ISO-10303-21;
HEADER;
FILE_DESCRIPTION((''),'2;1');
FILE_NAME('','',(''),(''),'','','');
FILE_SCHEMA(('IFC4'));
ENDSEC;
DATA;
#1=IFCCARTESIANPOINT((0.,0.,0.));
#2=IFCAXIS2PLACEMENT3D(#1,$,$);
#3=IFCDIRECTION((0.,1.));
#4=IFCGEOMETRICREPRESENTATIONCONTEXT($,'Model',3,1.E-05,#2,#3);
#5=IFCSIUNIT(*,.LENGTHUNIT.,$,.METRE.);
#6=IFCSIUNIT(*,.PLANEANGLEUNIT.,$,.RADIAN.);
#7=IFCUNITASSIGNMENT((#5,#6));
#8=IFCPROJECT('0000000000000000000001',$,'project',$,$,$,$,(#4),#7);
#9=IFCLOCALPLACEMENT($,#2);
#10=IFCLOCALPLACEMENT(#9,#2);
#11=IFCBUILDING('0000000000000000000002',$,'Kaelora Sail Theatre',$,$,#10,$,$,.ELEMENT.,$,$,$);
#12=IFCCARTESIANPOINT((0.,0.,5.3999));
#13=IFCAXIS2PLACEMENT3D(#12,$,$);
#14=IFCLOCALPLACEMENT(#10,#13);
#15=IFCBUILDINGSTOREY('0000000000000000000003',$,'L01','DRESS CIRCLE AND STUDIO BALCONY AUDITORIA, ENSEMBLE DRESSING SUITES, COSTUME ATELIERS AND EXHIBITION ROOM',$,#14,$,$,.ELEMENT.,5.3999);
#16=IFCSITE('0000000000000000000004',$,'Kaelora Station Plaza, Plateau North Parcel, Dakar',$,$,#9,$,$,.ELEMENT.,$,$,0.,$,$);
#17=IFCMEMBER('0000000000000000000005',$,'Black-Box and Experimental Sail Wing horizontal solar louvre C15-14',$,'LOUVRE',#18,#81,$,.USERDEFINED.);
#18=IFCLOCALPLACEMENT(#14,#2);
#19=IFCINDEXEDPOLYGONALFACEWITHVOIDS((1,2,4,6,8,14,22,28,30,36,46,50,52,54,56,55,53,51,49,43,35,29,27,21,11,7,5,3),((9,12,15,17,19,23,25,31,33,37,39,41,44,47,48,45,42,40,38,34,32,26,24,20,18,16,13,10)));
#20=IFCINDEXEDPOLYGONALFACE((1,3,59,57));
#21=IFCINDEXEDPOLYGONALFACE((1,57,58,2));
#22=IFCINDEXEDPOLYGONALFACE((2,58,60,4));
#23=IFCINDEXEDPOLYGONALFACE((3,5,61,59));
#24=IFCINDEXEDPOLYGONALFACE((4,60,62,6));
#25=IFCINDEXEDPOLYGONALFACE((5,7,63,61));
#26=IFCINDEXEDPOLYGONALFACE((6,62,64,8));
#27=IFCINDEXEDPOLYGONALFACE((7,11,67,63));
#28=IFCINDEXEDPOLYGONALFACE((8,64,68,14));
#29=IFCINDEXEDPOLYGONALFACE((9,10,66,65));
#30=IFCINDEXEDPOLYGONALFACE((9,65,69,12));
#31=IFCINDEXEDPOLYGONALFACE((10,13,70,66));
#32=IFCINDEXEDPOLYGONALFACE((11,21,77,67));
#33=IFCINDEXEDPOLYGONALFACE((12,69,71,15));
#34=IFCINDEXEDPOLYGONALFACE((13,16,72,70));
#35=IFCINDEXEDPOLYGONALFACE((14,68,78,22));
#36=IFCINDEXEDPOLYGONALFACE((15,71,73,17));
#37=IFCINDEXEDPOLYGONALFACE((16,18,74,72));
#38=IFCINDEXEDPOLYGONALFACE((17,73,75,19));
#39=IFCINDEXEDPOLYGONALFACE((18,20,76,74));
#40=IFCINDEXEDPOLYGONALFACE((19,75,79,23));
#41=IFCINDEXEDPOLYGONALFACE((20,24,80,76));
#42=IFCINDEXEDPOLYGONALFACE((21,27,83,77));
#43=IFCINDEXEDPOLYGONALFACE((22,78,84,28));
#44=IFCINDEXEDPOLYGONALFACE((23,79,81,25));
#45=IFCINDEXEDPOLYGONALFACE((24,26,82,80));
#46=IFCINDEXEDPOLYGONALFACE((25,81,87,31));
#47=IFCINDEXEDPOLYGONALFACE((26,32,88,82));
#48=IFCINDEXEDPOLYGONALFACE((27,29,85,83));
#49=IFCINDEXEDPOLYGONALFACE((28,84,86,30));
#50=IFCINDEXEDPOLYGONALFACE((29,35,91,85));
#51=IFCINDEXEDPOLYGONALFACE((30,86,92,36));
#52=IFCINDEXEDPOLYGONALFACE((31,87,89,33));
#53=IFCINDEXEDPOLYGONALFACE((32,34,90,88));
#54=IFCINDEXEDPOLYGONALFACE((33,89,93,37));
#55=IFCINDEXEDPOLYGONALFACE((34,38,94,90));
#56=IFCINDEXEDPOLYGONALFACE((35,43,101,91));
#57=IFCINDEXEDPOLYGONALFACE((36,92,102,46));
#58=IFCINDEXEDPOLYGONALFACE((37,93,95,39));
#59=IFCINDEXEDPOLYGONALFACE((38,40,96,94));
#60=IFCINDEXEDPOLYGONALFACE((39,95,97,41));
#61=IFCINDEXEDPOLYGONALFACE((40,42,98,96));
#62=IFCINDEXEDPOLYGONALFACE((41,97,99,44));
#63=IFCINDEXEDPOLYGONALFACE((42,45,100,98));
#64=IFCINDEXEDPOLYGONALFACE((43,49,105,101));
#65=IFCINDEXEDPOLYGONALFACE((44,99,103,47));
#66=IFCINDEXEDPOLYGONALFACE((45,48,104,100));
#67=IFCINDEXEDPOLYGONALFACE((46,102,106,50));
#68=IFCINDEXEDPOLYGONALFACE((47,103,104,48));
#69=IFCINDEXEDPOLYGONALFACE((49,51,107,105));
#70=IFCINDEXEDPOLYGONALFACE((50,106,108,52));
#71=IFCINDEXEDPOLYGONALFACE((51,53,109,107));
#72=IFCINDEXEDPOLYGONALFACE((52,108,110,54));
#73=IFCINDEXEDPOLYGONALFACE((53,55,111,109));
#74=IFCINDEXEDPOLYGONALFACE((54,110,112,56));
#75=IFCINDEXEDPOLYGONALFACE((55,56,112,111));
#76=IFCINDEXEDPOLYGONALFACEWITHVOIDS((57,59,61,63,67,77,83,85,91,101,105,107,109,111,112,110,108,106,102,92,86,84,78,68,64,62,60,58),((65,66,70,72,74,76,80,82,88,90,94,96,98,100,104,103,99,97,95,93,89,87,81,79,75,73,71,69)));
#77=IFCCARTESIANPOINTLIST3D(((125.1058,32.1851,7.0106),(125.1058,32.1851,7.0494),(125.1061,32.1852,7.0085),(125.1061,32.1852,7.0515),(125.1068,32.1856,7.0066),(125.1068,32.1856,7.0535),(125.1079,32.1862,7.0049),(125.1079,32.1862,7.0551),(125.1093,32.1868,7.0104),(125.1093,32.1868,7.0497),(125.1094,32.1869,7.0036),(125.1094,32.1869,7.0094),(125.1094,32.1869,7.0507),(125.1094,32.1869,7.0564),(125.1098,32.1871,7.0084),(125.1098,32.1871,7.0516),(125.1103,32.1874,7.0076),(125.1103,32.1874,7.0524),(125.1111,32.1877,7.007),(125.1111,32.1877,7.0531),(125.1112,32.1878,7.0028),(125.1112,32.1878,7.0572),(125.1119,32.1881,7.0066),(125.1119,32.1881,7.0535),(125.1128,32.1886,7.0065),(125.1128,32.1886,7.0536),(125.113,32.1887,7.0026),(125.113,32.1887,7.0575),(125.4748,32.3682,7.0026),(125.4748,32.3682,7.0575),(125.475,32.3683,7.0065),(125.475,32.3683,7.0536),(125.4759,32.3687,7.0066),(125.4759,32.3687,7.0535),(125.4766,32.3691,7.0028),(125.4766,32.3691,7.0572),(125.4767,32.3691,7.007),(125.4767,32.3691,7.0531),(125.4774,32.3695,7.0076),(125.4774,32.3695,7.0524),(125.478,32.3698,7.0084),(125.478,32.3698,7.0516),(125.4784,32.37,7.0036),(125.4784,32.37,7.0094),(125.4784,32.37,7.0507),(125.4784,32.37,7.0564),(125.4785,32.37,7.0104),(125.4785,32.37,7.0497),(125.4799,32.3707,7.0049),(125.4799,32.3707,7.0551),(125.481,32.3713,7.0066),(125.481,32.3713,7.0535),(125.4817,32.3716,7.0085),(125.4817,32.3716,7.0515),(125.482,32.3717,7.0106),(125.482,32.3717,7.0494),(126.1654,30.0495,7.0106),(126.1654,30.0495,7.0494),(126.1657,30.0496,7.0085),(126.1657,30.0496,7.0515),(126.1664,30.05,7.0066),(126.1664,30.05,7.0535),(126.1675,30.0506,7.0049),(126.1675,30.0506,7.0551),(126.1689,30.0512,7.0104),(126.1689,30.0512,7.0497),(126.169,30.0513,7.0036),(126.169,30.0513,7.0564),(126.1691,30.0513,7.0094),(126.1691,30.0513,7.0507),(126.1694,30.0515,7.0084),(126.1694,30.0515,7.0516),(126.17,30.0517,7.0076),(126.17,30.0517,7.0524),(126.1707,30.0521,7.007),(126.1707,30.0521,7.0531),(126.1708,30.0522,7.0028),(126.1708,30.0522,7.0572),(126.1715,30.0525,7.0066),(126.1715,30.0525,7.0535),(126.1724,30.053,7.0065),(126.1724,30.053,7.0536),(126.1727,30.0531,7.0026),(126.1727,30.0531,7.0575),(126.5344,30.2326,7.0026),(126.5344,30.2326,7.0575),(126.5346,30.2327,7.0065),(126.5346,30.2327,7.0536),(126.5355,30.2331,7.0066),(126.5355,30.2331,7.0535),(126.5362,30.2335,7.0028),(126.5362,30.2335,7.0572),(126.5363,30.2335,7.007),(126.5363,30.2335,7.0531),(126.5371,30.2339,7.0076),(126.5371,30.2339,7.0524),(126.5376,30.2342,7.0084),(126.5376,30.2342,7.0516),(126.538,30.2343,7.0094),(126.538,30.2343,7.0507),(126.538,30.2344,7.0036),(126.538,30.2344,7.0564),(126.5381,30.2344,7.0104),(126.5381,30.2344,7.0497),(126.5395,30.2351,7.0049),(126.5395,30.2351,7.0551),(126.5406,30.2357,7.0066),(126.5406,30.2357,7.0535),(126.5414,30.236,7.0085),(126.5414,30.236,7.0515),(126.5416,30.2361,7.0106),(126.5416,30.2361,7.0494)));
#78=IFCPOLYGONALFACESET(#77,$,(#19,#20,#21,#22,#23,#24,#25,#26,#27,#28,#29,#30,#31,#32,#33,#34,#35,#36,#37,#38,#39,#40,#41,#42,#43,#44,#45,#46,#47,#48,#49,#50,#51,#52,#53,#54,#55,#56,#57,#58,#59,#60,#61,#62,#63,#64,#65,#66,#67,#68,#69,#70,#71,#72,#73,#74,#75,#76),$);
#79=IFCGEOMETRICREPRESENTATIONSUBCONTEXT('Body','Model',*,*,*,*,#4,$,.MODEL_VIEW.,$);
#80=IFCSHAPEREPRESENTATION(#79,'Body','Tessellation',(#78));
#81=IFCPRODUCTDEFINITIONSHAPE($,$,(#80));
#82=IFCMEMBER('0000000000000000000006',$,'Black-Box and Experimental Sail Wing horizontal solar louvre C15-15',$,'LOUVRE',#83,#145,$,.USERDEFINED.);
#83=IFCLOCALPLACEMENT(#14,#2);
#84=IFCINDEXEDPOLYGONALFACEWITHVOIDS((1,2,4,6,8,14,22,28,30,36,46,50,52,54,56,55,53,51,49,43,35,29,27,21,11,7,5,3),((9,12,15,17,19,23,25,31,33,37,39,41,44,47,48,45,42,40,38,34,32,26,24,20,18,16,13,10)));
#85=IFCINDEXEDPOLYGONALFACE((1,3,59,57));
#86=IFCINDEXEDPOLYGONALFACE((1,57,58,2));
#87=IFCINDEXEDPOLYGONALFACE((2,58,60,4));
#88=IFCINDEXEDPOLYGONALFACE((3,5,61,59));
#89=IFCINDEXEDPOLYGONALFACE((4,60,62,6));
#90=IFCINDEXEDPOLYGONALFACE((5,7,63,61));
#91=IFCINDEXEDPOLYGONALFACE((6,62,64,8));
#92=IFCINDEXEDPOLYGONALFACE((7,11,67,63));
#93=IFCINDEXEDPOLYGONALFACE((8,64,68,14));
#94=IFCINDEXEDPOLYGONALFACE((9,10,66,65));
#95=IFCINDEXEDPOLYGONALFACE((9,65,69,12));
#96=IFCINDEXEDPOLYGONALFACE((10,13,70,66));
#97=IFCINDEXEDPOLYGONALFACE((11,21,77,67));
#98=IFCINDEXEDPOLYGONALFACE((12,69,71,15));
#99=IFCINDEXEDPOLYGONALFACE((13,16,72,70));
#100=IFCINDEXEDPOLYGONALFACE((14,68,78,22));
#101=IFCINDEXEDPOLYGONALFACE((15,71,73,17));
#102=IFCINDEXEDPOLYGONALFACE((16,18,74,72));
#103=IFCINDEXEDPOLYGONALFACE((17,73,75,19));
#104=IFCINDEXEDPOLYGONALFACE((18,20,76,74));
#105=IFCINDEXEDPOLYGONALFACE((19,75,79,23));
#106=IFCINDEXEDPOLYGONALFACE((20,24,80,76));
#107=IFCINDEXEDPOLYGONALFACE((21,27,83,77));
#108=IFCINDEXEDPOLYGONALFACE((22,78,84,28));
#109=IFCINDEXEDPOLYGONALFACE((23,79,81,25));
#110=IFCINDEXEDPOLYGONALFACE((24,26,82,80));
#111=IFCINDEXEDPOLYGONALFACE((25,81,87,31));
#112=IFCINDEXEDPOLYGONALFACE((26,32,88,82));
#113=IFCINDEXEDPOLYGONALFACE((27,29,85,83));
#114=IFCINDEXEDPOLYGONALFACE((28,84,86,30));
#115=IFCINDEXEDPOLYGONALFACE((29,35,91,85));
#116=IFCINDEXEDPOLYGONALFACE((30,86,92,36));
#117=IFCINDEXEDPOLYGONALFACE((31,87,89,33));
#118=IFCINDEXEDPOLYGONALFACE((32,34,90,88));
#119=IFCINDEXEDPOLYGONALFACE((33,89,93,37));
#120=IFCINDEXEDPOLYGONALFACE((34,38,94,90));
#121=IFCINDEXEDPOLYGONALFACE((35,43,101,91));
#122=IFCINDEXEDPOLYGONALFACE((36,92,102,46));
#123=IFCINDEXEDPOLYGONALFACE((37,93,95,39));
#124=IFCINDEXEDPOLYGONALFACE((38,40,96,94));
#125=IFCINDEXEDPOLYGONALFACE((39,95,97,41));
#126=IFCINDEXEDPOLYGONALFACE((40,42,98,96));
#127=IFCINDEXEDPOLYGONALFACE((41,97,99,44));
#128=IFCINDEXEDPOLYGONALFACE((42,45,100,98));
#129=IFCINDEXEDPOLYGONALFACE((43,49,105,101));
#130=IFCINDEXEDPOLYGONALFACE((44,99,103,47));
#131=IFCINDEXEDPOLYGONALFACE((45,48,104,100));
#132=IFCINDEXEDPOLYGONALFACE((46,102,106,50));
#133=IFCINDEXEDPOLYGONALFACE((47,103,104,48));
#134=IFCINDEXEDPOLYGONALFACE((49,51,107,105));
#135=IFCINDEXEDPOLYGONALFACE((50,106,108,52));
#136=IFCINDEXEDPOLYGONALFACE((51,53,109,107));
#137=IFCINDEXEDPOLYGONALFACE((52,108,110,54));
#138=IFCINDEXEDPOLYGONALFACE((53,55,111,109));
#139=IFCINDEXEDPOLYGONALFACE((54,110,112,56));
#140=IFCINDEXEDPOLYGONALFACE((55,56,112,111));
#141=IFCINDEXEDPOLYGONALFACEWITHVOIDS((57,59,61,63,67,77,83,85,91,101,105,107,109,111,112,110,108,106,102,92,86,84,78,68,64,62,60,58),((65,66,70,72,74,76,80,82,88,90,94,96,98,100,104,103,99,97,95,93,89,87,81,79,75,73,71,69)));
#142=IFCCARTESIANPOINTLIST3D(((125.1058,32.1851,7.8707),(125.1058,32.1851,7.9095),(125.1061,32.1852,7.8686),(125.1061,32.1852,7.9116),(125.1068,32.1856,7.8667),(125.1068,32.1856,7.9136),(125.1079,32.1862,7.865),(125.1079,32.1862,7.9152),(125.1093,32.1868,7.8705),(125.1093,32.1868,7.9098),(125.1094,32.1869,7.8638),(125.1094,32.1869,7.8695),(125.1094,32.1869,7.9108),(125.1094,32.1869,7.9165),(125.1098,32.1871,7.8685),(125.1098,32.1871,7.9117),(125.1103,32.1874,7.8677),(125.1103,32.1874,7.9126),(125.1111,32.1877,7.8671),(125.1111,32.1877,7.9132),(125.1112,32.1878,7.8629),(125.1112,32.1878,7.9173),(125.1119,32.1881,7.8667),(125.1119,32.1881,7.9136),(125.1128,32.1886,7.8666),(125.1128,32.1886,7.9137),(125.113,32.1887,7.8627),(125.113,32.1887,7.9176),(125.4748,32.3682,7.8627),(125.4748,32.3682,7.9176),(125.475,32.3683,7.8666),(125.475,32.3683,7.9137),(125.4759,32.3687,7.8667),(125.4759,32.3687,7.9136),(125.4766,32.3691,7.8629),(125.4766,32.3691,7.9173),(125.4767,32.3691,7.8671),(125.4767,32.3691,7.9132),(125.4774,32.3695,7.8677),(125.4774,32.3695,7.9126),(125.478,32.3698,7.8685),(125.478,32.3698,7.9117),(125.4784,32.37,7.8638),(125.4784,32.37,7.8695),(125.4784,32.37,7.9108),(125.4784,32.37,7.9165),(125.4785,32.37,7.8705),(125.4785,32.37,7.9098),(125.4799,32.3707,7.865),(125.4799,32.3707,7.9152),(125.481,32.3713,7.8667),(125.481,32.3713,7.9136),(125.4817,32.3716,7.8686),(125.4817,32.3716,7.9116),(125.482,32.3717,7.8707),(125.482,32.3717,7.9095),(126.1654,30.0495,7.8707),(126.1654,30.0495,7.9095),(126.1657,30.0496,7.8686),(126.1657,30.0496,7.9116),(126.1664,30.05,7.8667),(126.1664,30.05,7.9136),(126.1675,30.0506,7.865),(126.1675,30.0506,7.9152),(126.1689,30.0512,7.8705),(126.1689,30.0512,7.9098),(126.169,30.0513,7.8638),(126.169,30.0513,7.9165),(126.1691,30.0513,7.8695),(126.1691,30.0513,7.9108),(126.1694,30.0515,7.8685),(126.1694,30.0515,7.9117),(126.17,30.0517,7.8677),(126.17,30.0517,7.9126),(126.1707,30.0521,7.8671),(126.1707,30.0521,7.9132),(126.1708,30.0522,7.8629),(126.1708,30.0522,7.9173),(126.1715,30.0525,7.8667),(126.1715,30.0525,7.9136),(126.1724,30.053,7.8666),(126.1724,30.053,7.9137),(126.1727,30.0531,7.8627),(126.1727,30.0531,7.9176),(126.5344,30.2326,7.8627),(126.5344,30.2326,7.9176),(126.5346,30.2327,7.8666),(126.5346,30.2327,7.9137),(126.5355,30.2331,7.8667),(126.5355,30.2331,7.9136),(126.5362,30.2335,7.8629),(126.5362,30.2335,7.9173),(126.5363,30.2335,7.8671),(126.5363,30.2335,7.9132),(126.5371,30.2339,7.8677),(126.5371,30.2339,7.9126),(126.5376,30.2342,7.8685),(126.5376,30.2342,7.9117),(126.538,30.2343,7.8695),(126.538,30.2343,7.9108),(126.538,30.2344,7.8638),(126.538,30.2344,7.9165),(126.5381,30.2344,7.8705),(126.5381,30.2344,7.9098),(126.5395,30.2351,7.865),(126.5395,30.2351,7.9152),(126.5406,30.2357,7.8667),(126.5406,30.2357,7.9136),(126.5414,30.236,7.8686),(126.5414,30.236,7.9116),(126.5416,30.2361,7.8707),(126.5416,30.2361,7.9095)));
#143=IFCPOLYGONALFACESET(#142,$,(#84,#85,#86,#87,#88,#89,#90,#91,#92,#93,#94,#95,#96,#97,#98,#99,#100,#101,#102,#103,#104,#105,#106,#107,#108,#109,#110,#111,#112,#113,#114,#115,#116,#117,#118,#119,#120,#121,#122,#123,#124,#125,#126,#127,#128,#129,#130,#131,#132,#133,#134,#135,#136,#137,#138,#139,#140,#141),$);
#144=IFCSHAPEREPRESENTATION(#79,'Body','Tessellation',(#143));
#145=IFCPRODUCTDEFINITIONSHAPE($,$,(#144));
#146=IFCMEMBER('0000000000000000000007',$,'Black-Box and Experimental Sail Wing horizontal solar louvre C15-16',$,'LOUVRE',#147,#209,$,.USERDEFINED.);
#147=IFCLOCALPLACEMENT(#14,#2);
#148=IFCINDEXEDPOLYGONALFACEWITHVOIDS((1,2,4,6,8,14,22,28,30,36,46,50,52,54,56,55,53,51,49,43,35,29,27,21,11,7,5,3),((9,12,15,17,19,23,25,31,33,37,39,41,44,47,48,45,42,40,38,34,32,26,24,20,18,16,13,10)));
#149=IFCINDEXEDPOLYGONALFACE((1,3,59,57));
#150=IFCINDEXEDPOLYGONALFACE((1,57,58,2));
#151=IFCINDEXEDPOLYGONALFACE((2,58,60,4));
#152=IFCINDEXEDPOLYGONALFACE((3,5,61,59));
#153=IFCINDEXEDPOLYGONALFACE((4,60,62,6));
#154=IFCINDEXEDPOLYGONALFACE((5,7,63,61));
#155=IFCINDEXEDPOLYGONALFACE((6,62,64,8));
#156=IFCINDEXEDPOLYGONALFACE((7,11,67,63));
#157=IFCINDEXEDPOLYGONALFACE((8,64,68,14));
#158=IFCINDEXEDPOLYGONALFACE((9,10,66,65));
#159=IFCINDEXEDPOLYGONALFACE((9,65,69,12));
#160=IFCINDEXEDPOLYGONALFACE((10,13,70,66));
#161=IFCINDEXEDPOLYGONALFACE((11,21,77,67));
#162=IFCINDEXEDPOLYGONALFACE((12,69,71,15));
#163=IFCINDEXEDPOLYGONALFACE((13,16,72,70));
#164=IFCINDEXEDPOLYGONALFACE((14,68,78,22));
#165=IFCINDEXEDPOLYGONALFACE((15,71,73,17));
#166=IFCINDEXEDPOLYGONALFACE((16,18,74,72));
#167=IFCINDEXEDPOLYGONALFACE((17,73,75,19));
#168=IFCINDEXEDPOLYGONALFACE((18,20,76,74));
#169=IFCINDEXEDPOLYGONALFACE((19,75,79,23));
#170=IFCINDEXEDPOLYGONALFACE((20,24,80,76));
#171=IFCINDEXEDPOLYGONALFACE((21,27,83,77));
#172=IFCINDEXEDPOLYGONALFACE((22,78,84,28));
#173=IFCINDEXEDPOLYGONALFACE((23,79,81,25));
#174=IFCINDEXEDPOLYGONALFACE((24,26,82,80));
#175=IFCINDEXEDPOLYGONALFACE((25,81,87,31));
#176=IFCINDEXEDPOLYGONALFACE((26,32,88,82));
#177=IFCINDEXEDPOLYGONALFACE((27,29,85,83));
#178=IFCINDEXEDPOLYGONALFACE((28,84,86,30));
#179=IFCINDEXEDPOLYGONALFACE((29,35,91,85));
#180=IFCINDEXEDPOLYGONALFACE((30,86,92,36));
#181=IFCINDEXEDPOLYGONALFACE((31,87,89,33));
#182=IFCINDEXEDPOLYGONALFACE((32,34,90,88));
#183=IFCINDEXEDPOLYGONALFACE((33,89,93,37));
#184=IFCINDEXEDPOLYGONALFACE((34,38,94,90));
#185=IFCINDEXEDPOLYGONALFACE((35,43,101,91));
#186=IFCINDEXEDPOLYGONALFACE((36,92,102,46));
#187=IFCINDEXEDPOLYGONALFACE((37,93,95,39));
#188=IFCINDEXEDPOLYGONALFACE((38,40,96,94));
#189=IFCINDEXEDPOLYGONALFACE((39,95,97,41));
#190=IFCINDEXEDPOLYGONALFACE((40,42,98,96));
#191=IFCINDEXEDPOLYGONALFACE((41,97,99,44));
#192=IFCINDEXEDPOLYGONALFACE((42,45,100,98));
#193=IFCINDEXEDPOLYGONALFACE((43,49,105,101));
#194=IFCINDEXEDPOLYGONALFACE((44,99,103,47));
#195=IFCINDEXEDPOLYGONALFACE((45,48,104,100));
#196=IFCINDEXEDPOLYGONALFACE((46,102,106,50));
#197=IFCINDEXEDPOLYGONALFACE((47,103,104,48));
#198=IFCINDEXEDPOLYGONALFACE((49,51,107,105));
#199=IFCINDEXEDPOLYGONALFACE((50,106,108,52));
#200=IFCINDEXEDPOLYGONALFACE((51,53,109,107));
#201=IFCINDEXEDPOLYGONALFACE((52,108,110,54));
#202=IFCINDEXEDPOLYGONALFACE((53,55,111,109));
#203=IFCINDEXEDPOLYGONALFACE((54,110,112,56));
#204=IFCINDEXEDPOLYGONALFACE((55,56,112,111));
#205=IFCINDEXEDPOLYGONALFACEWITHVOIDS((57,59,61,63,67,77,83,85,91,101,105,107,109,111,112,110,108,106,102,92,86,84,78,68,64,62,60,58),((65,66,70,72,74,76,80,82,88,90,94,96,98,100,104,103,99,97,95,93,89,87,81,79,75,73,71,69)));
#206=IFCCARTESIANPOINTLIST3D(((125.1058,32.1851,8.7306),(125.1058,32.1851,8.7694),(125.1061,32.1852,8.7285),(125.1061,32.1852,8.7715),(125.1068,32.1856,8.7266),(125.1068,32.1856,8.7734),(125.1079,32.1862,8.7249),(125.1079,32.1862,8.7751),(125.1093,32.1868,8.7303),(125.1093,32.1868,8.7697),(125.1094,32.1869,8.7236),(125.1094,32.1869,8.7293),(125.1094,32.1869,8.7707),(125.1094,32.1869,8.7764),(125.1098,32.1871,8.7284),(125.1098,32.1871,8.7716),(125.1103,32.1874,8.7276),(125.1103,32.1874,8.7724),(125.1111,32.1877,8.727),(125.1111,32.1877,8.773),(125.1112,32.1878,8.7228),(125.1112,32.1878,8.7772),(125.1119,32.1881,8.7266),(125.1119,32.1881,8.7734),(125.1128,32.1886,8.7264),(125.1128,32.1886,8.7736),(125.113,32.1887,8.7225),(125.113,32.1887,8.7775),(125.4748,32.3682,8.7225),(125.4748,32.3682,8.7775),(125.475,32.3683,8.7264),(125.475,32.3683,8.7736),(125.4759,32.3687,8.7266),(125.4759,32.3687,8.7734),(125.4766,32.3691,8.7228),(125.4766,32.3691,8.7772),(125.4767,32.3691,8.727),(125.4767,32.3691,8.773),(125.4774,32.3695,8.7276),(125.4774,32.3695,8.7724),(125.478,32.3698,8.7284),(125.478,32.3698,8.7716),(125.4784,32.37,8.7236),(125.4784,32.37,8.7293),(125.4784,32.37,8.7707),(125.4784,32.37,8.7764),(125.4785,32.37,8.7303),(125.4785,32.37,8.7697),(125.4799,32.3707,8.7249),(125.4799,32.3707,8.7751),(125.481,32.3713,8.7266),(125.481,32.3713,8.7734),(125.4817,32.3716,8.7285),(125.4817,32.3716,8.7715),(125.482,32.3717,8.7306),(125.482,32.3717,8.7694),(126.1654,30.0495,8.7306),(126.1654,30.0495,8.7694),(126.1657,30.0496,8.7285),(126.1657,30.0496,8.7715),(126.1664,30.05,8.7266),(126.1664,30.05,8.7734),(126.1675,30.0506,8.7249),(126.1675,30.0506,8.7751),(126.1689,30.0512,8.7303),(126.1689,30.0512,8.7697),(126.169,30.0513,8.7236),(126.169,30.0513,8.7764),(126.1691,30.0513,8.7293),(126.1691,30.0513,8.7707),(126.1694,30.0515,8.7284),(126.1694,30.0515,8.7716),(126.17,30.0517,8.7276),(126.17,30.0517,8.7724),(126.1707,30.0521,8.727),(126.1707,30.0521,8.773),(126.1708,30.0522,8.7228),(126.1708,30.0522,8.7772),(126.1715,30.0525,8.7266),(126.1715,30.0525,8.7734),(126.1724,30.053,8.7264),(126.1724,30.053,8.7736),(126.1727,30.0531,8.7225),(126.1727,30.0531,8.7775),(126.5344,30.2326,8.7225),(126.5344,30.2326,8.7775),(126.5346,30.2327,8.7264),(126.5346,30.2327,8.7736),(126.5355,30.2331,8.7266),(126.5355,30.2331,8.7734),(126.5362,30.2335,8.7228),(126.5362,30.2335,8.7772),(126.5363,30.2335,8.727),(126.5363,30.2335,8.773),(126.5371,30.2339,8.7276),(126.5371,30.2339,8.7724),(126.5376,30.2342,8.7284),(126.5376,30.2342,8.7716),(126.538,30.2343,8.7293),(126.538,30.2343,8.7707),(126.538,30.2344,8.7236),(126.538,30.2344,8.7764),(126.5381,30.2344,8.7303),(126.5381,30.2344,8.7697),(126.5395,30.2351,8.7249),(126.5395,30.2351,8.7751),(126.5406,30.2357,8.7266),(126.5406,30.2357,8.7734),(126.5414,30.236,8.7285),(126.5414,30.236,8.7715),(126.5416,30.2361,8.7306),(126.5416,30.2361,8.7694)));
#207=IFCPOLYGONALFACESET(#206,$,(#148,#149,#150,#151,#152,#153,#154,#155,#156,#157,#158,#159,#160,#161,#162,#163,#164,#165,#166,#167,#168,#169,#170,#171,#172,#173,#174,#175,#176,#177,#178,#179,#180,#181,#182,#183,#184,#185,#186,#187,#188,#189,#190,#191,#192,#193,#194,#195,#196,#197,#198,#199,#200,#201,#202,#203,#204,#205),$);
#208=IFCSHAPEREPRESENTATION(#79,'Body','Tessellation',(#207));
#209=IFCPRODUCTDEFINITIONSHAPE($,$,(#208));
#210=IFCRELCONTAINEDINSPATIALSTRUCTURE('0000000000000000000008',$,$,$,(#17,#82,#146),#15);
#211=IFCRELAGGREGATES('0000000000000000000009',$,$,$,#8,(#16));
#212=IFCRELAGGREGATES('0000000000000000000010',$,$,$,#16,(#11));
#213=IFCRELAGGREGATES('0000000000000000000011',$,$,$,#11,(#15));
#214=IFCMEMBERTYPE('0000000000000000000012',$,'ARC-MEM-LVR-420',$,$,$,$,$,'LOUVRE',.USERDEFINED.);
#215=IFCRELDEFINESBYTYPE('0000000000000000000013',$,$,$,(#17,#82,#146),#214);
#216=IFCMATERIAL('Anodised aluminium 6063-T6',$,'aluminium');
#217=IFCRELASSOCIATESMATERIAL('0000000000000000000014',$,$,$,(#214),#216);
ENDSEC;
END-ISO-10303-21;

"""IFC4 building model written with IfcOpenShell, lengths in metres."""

from ifc_helpers import new_model, si_unit, direction, frame, origin, origin_2d, place, context, subcontext, project, spatial, hollow_rectangle, extrude, material, material_profile, profile_set, type_object, element, save


model = new_model("IFC4")

# Units and contexts
model_context = context("Model", 3, precision=1e-05, world=origin(), true_north=direction((0.0, 1.0)))
body_context = subcontext(model_context, "Body", "Model", "MODEL_VIEW")
ifc_project = project(units=[si_unit("LENGTHUNIT", "METRE"), si_unit("PLANEANGLEUNIT", "RADIAN")], contexts=[model_context])

# Site, building, storey
site_placement = place(None, origin())
site = spatial("IfcSite", under=ifc_project, at=site_placement, Name="Kaelora Station Plaza, Plateau North Parcel, Dakar", CompositionType="ELEMENT", RefElevation=0.0)
building_placement = place(site_placement, origin())
building = spatial("IfcBuilding", under=site, at=building_placement, Name="Kaelora Sail Theatre", CompositionType="ELEMENT")
storey_placement = place(building_placement, frame((0.0, 0.0, 5.3999)))
storey = spatial("IfcBuildingStorey", under=building, at=storey_placement, Name="L01", Description="DRESS CIRCLE AND STUDIO BALCONY AUDITORIA, ENSEMBLE DRESSING SUITES, COSTUME ATELIERS AND EXHIBITION ROOM", CompositionType="ELEMENT", Elevation=5.3999)

# Members
ifc_material = material(Name="Anodised aluminium 6063-T6", Category="aluminium")
ifc_material_profile = material_profile(ifc_material, hollow_rectangle(XDim=0.4199, YDim=0.0549, WallThickness=0.0039, InnerFilletRadius=0.0039, OuterFilletRadius=0.0081, at=origin_2d()), Name="LOUVRE 420x55x4")
ifc_profile_set = profile_set([ifc_material_profile], Name="Anodised aluminium 6063-T6")
member_type = type_object("IfcMemberType", Name="ARC-MEM-LVR-420", ElementType="LOUVRE", PredefinedType="USERDEFINED", material=ifc_profile_set)
for number, where, z_axis, x_axis, name in (
    (1, (126.3535, 30.1428, 7.03), (-0.444467, 0.895795, 0.0), (-0.895795, -0.444467, 0.0), "Black-Box and Experimental Sail Wing horizontal solar louvre C15-14"),
    (2, (126.3535, 30.1428, 7.8901), (-0.444467, 0.895795, 0.0), (-0.895795, -0.444467, 0.0), "Black-Box and Experimental Sail Wing horizontal solar louvre C15-15"),
    (3, (126.3535, 30.1428, 8.75), (-0.444467, 0.895795, 0.0), (-0.895795, -0.444467, 0.0), "Black-Box and Experimental Sail Wing horizontal solar louvre C15-16"),
):
    element("IfcMember", number, at=place(storey_placement, frame(where, z_axis=z_axis, x_axis=x_axis)), inside=storey, type_object=member_type, Name=name, ObjectType="LOUVRE", PredefinedType="USERDEFINED", context=body_context, shape_type="SweptSolid", body=[
        extrude(hollow_rectangle(XDim=0.4199, YDim=0.0549, WallThickness=0.0039, InnerFilletRadius=0.0039, OuterFilletRadius=0.0081, at=origin_2d()), origin(), (0.0, 0.0, 1.0), 2.384),
    ])

save(model, "model.ifc")
